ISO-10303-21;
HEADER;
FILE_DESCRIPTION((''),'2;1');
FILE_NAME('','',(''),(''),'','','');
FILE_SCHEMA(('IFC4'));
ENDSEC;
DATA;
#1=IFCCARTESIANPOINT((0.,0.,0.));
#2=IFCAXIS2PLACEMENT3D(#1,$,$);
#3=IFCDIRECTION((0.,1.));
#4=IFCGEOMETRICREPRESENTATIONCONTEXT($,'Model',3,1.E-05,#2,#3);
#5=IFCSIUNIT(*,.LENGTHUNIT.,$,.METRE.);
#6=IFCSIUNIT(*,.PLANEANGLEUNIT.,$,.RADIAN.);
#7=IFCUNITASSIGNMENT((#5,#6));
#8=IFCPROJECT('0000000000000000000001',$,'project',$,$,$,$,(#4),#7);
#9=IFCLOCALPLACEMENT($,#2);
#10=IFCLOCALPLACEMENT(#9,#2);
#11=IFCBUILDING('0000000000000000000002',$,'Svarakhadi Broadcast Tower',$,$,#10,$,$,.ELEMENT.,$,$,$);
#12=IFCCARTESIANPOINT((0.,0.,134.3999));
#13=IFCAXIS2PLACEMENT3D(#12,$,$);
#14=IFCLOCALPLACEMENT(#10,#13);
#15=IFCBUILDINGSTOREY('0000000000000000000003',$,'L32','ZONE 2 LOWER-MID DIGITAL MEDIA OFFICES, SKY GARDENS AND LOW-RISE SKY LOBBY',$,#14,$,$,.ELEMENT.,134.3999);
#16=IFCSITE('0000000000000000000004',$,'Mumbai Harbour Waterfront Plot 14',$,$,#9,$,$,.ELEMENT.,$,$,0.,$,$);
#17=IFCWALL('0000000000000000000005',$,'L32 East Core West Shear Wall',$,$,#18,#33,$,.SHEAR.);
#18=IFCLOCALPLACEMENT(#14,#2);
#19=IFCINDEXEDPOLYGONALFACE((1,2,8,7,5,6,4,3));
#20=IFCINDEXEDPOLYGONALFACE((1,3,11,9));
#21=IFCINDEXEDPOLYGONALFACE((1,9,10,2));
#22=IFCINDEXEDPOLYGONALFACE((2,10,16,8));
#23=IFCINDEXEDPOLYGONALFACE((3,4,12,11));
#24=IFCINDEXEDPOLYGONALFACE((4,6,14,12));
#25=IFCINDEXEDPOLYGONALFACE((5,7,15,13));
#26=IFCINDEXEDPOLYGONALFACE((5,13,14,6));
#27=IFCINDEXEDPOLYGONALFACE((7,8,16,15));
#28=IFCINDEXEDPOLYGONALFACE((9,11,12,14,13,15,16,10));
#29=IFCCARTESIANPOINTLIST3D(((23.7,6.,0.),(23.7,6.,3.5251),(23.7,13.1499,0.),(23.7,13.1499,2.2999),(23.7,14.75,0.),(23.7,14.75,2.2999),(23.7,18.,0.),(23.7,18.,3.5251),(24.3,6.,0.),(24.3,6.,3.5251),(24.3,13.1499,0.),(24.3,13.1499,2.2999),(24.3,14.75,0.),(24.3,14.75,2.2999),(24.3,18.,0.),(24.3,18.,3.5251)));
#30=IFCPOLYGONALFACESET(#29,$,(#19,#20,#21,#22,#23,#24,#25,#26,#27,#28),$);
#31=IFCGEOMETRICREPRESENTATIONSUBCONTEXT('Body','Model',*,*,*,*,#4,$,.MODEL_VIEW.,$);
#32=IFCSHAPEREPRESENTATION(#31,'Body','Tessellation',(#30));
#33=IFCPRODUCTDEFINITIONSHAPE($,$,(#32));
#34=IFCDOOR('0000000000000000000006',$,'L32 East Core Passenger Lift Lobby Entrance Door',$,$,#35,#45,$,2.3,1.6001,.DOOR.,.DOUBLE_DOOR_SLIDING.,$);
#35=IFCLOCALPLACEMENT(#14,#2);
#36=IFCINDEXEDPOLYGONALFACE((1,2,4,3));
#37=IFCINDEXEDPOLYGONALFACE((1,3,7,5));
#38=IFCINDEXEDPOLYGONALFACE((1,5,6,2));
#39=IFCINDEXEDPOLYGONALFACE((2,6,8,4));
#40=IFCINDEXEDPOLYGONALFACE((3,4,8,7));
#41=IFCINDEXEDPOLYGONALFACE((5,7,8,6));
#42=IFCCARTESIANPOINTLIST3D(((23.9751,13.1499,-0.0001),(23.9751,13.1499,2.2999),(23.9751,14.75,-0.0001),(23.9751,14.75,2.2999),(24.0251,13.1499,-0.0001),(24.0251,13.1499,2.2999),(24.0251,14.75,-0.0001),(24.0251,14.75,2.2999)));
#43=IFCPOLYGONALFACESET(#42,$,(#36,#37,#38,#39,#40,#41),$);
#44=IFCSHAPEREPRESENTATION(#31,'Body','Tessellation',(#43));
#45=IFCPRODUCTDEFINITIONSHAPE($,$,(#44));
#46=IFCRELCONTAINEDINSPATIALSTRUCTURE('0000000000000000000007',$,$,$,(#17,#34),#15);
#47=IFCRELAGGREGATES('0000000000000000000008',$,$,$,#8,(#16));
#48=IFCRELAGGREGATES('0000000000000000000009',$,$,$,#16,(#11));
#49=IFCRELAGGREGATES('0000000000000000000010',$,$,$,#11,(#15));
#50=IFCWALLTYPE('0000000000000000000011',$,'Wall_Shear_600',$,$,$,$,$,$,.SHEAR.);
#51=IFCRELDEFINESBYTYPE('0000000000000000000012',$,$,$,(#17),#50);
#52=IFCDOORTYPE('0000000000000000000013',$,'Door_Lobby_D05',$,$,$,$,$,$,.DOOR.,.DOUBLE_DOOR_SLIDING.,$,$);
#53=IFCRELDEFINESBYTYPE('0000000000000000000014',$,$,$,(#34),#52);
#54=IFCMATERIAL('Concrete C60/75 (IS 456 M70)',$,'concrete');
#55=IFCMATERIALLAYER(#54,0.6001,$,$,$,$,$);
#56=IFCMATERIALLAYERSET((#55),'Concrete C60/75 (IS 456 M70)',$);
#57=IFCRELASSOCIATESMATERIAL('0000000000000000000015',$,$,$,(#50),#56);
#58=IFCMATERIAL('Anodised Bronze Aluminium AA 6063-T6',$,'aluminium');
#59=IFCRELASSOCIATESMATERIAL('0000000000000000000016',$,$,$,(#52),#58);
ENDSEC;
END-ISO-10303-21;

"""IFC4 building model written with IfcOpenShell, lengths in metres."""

from ifc_helpers import new_model, si_unit, direction, frame, frame_2d, origin, place, context, subcontext, project, spatial, rectangle, extrude, material, layer, layer_set, type_object, element, fill, save


model = new_model("IFC4")

# Units and contexts
model_context = context("Model", 3, precision=1e-05, world=origin(), true_north=direction((0.0, 1.0)))
body_context = subcontext(model_context, "Body", "Model", "MODEL_VIEW")
ifc_project = project(units=[si_unit("LENGTHUNIT", "METRE"), si_unit("PLANEANGLEUNIT", "RADIAN")], contexts=[model_context])

# Site, building, storey
site_placement = place(None, origin())
site = spatial("IfcSite", under=ifc_project, at=site_placement, Name="Mumbai Harbour Waterfront Plot 14", CompositionType="ELEMENT", RefElevation=0.0)
building_placement = place(site_placement, origin())
building = spatial("IfcBuilding", under=site, at=building_placement, Name="Svarakhadi Broadcast Tower", CompositionType="ELEMENT")
storey_placement = place(building_placement, frame((0.0, 0.0, 134.3999)))
storey = spatial("IfcBuildingStorey", under=building, at=storey_placement, Name="L32", Description="ZONE 2 LOWER-MID DIGITAL MEDIA OFFICES, SKY GARDENS AND LOW-RISE SKY LOBBY", CompositionType="ELEMENT", Elevation=134.3999)

# Shared definitions
ifc_material_1 = material(Name="Concrete C60/75 (IS 456 M70)", Category="concrete")
ifc_layer_1 = layer(ifc_material_1, 0.6001)
ifc_layer_set_1 = layer_set([ifc_layer_1], Name="Concrete C60/75 (IS 456 M70)")
wall_type_1 = type_object("IfcWallType", Name="Wall_Shear_600", PredefinedType="SHEAR", material=ifc_layer_set_1)

# Wall, opening, door
wall_1_placement = place(storey_placement, frame((24.0, 6.0, 0.0), z_axis=(0.0, 0.0, 1.0), x_axis=(0.0, 1.0, 0.0)))
wall_1 = element("IfcWall", 1, at=wall_1_placement, inside=storey, type_object=wall_type_1, Name="L32 East Core West Shear Wall", PredefinedType="SHEAR", context=body_context, shape_type="SweptSolid", body=[
    extrude(rectangle(XDim=12.0, YDim=0.6001, at=frame_2d((6.0, 0.0))), origin(), (0.0, 0.0, 1.0), 3.5251),
])
opening_1_placement = place(wall_1_placement, frame((7.1499, 0.0, 0.0)))
opening_1 = element("IfcOpeningElement", 2, at=opening_1_placement, cuts=wall_1, PredefinedType="OPENING", context=body_context, shape_type="SweptSolid", body=[
    extrude(rectangle(XDim=1.6001, YDim=2.3, at=frame_2d((0.8, 1.1499))), frame((0.0, 0.3101, 0.0), z_axis=(0.0, -1.0, 0.0), x_axis=(1.0, 0.0, 0.0)), (0.0, 0.0, 1.0), 0.6201),
])
ifc_material_2 = material(Name="Anodised Bronze Aluminium AA 6063-T6", Category="aluminium")
door_type_1 = type_object("IfcDoorType", Name="Door_Lobby_D05", OperationType="DOUBLE_DOOR_SLIDING", PredefinedType="DOOR", material=ifc_material_2)
door_1_placement = place(opening_1_placement, origin())
door_1 = element("IfcDoor", 3, at=door_1_placement, inside=storey, type_object=door_type_1, Name="L32 East Core Passenger Lift Lobby Entrance Door", OperationType="DOUBLE_DOOR_SLIDING", OverallHeight=2.3, OverallWidth=1.6001, PredefinedType="DOOR", context=body_context, shape_type="SweptSolid", body=[
    extrude(rectangle(XDim=1.6001, YDim=2.3, at=frame_2d((0.8, 1.1499))), frame((0.0, 0.0249, 0.0), z_axis=(0.0, -1.0, 0.0), x_axis=(1.0, 0.0, 0.0)), (0.0, 0.0, 1.0), 0.05),
])
fill(opening_1, door_1)

save(model, "model.ifc")
